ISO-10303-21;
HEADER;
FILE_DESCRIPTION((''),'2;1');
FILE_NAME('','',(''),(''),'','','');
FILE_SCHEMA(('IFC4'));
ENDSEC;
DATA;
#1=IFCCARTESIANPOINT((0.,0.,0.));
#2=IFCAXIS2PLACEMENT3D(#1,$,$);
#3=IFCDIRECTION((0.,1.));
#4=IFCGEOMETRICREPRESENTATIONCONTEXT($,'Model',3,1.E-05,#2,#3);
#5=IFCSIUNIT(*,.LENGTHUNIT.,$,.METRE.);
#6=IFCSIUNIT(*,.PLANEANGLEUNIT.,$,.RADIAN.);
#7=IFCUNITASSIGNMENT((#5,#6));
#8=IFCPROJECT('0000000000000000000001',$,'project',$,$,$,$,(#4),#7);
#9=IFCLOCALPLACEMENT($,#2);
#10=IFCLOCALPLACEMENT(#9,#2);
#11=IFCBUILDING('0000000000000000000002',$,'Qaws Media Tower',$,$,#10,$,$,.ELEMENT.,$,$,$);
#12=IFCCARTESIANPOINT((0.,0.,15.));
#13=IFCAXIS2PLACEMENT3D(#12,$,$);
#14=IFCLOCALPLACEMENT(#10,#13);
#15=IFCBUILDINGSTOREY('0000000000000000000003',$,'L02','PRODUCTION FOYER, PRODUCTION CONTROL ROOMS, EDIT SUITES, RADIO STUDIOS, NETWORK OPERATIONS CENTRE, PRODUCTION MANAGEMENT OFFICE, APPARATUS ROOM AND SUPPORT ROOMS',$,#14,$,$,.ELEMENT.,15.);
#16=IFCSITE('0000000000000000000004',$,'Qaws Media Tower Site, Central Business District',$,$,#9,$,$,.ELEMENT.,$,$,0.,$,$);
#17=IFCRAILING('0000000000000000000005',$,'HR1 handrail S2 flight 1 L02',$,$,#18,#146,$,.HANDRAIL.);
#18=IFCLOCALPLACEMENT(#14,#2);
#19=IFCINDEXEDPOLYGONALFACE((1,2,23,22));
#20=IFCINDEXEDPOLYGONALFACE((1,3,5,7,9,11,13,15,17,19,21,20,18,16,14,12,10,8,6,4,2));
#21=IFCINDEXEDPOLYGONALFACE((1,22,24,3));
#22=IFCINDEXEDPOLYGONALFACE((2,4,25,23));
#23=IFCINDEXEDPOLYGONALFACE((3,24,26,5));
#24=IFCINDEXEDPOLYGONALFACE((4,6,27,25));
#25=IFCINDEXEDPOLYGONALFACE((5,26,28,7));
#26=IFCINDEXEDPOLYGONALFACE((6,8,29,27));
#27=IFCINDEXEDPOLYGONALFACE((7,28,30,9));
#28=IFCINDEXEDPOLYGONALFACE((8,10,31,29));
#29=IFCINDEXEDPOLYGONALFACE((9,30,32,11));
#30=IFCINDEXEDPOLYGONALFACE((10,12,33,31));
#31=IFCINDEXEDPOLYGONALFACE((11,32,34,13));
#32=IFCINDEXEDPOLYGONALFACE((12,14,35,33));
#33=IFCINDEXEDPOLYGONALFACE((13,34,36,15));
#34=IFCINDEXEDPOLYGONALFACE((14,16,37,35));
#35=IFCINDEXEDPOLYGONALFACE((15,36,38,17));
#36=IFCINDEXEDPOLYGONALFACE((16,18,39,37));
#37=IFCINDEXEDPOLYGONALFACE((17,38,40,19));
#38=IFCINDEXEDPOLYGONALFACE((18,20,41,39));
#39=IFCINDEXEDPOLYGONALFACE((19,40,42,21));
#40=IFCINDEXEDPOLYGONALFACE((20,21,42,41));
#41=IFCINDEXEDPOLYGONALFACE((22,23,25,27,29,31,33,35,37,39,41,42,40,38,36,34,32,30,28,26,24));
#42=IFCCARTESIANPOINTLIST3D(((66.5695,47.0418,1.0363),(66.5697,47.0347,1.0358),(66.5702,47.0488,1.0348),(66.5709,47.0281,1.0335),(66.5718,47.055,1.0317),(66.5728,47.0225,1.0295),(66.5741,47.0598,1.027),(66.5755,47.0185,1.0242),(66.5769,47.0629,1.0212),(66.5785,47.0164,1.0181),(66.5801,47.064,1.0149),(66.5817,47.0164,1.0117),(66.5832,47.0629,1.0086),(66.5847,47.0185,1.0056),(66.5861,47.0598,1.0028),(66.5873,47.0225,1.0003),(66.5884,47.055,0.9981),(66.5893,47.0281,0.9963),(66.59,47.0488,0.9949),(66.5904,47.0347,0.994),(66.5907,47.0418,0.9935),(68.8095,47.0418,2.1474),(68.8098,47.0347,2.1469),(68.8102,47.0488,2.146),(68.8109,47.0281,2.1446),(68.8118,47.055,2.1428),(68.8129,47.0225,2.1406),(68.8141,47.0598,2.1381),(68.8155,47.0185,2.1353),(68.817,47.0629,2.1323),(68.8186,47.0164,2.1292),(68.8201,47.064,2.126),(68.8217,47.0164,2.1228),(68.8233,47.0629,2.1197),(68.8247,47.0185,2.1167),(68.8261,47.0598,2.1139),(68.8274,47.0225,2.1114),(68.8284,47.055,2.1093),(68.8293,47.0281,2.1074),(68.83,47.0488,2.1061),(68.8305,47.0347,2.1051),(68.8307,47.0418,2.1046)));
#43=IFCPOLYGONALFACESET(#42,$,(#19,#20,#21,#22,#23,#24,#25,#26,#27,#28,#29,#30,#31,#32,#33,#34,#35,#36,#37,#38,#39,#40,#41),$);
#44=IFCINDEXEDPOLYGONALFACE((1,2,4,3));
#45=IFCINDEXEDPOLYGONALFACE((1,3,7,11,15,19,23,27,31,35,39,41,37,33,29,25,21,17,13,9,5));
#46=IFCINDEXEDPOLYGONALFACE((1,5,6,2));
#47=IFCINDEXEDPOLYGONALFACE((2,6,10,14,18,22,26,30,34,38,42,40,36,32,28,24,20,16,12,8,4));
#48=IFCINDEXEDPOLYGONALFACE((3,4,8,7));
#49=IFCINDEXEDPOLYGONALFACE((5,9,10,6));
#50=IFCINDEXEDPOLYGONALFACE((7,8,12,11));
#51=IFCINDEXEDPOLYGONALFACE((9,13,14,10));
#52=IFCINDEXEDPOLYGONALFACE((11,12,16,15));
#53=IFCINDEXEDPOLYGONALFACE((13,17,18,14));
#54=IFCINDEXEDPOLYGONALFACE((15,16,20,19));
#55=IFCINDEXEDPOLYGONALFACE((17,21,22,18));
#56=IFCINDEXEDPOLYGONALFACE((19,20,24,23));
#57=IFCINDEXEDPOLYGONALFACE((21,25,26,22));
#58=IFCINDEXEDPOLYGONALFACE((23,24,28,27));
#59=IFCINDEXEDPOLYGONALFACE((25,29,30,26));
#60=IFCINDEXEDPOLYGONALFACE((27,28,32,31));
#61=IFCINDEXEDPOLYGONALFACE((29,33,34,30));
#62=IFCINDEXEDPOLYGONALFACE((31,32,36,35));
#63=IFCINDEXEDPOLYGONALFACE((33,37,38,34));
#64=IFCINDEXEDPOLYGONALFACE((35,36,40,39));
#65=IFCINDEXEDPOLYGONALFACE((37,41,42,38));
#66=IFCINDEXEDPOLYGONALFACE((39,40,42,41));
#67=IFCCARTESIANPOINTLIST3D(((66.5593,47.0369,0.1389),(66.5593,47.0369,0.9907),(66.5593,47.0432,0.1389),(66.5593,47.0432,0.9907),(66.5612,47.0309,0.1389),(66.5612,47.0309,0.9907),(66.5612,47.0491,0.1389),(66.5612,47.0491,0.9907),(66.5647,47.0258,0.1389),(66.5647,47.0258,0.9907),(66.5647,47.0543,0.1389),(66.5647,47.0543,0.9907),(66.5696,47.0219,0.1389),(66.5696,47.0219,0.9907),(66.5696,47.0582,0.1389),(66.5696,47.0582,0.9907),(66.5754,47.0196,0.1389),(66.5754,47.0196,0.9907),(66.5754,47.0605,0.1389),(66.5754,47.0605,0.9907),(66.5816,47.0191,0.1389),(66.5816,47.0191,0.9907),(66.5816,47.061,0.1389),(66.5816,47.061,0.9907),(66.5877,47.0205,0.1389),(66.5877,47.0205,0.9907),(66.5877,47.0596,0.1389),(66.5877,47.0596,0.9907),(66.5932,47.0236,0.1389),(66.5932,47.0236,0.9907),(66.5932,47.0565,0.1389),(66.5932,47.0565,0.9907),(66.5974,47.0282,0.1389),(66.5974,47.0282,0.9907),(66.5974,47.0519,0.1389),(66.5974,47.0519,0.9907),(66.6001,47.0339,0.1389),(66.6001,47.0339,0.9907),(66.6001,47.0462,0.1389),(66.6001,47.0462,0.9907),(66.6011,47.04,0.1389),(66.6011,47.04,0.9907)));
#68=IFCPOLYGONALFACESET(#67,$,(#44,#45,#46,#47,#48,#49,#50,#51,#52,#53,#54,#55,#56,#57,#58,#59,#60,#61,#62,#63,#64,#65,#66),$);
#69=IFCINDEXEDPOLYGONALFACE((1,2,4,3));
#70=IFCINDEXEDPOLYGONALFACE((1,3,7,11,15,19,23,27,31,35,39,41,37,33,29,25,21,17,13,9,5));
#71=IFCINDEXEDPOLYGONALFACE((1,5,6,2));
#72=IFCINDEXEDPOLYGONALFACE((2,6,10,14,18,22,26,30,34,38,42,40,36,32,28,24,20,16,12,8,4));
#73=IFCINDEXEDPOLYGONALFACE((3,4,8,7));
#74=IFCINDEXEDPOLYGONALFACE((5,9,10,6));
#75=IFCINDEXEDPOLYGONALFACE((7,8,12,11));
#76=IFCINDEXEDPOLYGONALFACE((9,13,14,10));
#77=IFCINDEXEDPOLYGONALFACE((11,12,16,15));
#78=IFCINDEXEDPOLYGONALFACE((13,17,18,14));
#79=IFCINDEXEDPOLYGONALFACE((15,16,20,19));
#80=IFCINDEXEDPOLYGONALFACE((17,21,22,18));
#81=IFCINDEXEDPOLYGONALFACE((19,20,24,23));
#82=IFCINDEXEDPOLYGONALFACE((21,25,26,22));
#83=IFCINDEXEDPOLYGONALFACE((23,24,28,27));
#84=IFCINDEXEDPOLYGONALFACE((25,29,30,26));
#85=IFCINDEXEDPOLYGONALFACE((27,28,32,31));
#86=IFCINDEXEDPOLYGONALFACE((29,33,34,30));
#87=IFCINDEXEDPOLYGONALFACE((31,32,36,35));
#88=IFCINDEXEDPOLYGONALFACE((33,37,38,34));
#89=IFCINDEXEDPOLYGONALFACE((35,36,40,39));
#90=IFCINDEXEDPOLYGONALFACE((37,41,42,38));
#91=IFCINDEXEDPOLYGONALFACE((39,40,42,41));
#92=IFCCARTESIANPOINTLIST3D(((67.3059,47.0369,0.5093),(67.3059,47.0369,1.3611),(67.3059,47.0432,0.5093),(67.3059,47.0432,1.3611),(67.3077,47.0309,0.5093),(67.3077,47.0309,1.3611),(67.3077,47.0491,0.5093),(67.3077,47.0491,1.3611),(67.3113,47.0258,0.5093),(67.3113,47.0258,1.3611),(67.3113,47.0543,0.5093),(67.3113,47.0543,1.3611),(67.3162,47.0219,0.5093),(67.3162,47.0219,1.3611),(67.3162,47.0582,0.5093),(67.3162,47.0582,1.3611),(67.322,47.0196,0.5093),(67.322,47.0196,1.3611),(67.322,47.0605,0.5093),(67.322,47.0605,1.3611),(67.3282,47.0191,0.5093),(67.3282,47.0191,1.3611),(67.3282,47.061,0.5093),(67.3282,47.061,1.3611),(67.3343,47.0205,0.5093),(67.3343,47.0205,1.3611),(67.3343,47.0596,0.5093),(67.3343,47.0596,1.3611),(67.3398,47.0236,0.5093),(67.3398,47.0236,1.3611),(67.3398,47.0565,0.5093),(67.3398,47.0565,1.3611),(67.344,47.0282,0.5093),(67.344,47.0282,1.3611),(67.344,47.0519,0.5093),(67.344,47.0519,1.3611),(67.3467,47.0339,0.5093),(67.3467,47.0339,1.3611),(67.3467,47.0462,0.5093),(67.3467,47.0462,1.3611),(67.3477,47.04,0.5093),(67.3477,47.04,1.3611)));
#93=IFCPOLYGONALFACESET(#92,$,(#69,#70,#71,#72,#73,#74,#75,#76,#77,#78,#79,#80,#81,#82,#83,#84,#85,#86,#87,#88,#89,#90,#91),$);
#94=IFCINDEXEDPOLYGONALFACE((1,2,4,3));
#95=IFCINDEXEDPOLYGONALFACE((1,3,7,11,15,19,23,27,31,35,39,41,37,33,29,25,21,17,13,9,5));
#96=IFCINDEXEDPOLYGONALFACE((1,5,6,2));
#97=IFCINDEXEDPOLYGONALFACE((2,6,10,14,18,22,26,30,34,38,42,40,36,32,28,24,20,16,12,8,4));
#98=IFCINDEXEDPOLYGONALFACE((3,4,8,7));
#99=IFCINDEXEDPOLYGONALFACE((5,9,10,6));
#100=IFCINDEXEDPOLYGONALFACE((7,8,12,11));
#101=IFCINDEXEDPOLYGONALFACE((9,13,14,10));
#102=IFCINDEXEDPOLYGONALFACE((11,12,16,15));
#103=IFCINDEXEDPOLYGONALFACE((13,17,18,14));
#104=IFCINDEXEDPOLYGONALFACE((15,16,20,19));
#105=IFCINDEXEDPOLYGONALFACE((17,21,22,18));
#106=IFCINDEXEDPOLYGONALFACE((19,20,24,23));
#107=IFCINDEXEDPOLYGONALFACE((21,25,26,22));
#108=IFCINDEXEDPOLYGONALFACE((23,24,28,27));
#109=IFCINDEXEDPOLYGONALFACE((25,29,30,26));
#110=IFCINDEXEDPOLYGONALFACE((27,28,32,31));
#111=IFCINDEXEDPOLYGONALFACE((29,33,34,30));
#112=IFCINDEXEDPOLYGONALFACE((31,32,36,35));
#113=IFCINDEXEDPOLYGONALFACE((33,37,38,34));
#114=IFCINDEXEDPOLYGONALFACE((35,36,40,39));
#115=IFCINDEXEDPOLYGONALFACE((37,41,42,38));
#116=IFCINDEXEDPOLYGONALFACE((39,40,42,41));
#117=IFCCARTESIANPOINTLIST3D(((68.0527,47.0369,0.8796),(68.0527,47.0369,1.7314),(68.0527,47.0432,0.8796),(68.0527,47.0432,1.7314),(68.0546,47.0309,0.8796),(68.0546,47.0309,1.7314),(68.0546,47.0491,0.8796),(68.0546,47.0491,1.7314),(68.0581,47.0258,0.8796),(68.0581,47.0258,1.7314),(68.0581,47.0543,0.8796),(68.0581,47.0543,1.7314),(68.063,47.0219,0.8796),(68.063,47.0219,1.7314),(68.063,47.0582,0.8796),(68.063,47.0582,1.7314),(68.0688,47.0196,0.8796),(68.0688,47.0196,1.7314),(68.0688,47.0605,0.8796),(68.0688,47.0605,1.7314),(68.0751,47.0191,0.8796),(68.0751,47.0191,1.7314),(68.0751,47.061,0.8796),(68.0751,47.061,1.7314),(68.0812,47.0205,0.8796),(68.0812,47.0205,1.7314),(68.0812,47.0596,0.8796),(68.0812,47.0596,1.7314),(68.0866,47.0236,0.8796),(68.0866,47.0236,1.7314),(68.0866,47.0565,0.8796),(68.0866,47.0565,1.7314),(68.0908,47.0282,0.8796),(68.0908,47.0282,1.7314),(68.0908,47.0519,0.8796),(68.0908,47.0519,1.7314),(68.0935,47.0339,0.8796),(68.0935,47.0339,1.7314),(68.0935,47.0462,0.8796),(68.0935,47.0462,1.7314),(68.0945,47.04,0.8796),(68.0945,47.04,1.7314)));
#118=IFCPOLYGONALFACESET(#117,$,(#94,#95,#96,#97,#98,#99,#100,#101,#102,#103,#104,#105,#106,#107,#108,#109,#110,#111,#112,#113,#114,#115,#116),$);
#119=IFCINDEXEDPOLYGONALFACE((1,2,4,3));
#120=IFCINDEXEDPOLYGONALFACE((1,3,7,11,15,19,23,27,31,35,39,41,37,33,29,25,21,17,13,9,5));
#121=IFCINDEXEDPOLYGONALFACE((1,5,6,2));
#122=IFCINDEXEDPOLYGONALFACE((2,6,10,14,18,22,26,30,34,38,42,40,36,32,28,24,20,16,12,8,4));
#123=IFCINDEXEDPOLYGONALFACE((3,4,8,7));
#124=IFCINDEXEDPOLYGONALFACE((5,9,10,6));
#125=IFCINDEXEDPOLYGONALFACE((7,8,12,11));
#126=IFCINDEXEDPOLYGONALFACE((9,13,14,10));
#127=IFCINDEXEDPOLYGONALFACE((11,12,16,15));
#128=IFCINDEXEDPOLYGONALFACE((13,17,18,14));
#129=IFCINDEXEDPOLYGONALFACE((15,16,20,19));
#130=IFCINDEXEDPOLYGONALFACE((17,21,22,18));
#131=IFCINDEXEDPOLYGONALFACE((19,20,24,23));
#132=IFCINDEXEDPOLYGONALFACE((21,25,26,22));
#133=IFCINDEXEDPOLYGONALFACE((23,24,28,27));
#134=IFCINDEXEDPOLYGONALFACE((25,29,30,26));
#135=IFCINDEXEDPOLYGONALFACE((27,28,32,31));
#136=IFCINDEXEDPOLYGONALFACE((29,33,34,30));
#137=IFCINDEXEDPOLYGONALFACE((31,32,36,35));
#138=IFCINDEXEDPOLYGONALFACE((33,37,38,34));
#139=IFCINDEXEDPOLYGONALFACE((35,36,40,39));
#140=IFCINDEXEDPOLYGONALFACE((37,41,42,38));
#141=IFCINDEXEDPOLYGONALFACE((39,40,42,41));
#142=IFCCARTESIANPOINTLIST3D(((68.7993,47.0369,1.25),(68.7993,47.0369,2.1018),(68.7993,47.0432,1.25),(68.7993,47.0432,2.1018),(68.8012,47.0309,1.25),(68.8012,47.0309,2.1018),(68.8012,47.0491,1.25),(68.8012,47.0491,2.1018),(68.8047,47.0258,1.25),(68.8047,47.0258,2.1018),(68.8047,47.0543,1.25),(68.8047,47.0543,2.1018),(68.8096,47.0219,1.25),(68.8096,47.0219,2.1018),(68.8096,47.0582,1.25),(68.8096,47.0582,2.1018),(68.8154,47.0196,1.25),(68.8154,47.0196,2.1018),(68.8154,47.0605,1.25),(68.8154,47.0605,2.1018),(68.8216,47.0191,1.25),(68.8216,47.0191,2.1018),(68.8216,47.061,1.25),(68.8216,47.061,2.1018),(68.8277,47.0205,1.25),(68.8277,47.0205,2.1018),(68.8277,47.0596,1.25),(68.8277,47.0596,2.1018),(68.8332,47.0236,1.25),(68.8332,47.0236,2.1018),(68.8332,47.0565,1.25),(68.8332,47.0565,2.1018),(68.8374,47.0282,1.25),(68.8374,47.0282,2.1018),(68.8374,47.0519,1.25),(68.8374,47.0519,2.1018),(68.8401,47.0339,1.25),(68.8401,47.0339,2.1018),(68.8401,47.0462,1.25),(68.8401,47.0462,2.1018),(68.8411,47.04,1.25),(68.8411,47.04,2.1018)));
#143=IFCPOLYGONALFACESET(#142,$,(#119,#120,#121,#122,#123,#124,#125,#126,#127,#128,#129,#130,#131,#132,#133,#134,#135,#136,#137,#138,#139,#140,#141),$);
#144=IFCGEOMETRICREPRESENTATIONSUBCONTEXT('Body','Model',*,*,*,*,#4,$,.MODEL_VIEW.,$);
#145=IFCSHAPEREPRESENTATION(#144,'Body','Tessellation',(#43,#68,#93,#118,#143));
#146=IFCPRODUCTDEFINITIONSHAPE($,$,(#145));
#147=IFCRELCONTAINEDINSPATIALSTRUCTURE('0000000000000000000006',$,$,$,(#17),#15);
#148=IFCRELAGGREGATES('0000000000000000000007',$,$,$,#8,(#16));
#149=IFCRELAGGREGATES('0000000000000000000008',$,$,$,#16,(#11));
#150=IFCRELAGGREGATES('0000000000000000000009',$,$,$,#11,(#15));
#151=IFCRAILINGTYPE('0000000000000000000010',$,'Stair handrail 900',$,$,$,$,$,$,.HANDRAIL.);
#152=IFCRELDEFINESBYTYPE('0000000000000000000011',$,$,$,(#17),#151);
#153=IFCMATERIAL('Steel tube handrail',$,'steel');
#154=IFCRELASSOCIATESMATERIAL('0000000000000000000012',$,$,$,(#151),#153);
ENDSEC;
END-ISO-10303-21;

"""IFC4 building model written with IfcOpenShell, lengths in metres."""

from ifc_helpers import new_model, si_unit, direction, frame, origin, origin_2d, place, context, subcontext, project, spatial, circle, extrude, material, type_object, element, save


model = new_model("IFC4")

# Units and contexts
model_context = context("Model", 3, precision=1e-05, world=origin(), true_north=direction((0.0, 1.0)))
body_context = subcontext(model_context, "Body", "Model", "MODEL_VIEW")
ifc_project = project(units=[si_unit("LENGTHUNIT", "METRE"), si_unit("PLANEANGLEUNIT", "RADIAN")], contexts=[model_context])

# Site, building, storey
site_placement = place(None, origin())
site = spatial("IfcSite", under=ifc_project, at=site_placement, Name="Qaws Media Tower Site, Central Business District", CompositionType="ELEMENT", RefElevation=0.0)
building_placement = place(site_placement, origin())
building = spatial("IfcBuilding", under=site, at=building_placement, Name="Qaws Media Tower", CompositionType="ELEMENT")
storey_placement = place(building_placement, frame((0.0, 0.0, 15.0)))
storey = spatial("IfcBuildingStorey", under=building, at=storey_placement, Name="L02", Description="PRODUCTION FOYER, PRODUCTION CONTROL ROOMS, EDIT SUITES, RADIO STUDIOS, NETWORK OPERATIONS CENTRE, PRODUCTION MANAGEMENT OFFICE, APPARATUS ROOM AND SUPPORT ROOMS", CompositionType="ELEMENT", Elevation=15.0)

# Railing
ifc_material_1 = material(Name="Steel tube handrail", Category="steel")
railing_type = type_object("IfcRailingType", Name="Stair handrail 900", PredefinedType="HANDRAIL", material=ifc_material_1)
for number, where, name in (
    (1, (66.5801, 47.04, 0.1389), "HR1 handrail S2 flight 1 L02"),
):
    element("IfcRailing", number, at=place(storey_placement, frame(where)), inside=storey, type_object=railing_type, Name=name, PredefinedType="HANDRAIL", context=body_context, shape_type="SweptSolid", body=[
        extrude(circle(Radius=0.0239, at=origin_2d()), frame((0.0, 0.0, 0.876), z_axis=(0.895848, 0.0, 0.44436), x_axis=(0.0, 1.0, 0.0)), (0.0, 0.0, 1.0), 2.5005),
        extrude(circle(Radius=0.021, at=origin_2d()), origin(), (0.0, 0.0, 1.0), 0.8518),
        extrude(circle(Radius=0.021, at=origin_2d()), frame((0.7466, 0.0, 0.3704)), (0.0, 0.0, 1.0), 0.8518),
        extrude(circle(Radius=0.021, at=origin_2d()), frame((1.4934, 0.0, 0.7407)), (0.0, 0.0, 1.0), 0.8518),
        extrude(circle(Radius=0.021, at=origin_2d()), frame((2.24, 0.0, 1.1111)), (0.0, 0.0, 1.0), 0.8518),
    ])

save(model, "model.ifc")
